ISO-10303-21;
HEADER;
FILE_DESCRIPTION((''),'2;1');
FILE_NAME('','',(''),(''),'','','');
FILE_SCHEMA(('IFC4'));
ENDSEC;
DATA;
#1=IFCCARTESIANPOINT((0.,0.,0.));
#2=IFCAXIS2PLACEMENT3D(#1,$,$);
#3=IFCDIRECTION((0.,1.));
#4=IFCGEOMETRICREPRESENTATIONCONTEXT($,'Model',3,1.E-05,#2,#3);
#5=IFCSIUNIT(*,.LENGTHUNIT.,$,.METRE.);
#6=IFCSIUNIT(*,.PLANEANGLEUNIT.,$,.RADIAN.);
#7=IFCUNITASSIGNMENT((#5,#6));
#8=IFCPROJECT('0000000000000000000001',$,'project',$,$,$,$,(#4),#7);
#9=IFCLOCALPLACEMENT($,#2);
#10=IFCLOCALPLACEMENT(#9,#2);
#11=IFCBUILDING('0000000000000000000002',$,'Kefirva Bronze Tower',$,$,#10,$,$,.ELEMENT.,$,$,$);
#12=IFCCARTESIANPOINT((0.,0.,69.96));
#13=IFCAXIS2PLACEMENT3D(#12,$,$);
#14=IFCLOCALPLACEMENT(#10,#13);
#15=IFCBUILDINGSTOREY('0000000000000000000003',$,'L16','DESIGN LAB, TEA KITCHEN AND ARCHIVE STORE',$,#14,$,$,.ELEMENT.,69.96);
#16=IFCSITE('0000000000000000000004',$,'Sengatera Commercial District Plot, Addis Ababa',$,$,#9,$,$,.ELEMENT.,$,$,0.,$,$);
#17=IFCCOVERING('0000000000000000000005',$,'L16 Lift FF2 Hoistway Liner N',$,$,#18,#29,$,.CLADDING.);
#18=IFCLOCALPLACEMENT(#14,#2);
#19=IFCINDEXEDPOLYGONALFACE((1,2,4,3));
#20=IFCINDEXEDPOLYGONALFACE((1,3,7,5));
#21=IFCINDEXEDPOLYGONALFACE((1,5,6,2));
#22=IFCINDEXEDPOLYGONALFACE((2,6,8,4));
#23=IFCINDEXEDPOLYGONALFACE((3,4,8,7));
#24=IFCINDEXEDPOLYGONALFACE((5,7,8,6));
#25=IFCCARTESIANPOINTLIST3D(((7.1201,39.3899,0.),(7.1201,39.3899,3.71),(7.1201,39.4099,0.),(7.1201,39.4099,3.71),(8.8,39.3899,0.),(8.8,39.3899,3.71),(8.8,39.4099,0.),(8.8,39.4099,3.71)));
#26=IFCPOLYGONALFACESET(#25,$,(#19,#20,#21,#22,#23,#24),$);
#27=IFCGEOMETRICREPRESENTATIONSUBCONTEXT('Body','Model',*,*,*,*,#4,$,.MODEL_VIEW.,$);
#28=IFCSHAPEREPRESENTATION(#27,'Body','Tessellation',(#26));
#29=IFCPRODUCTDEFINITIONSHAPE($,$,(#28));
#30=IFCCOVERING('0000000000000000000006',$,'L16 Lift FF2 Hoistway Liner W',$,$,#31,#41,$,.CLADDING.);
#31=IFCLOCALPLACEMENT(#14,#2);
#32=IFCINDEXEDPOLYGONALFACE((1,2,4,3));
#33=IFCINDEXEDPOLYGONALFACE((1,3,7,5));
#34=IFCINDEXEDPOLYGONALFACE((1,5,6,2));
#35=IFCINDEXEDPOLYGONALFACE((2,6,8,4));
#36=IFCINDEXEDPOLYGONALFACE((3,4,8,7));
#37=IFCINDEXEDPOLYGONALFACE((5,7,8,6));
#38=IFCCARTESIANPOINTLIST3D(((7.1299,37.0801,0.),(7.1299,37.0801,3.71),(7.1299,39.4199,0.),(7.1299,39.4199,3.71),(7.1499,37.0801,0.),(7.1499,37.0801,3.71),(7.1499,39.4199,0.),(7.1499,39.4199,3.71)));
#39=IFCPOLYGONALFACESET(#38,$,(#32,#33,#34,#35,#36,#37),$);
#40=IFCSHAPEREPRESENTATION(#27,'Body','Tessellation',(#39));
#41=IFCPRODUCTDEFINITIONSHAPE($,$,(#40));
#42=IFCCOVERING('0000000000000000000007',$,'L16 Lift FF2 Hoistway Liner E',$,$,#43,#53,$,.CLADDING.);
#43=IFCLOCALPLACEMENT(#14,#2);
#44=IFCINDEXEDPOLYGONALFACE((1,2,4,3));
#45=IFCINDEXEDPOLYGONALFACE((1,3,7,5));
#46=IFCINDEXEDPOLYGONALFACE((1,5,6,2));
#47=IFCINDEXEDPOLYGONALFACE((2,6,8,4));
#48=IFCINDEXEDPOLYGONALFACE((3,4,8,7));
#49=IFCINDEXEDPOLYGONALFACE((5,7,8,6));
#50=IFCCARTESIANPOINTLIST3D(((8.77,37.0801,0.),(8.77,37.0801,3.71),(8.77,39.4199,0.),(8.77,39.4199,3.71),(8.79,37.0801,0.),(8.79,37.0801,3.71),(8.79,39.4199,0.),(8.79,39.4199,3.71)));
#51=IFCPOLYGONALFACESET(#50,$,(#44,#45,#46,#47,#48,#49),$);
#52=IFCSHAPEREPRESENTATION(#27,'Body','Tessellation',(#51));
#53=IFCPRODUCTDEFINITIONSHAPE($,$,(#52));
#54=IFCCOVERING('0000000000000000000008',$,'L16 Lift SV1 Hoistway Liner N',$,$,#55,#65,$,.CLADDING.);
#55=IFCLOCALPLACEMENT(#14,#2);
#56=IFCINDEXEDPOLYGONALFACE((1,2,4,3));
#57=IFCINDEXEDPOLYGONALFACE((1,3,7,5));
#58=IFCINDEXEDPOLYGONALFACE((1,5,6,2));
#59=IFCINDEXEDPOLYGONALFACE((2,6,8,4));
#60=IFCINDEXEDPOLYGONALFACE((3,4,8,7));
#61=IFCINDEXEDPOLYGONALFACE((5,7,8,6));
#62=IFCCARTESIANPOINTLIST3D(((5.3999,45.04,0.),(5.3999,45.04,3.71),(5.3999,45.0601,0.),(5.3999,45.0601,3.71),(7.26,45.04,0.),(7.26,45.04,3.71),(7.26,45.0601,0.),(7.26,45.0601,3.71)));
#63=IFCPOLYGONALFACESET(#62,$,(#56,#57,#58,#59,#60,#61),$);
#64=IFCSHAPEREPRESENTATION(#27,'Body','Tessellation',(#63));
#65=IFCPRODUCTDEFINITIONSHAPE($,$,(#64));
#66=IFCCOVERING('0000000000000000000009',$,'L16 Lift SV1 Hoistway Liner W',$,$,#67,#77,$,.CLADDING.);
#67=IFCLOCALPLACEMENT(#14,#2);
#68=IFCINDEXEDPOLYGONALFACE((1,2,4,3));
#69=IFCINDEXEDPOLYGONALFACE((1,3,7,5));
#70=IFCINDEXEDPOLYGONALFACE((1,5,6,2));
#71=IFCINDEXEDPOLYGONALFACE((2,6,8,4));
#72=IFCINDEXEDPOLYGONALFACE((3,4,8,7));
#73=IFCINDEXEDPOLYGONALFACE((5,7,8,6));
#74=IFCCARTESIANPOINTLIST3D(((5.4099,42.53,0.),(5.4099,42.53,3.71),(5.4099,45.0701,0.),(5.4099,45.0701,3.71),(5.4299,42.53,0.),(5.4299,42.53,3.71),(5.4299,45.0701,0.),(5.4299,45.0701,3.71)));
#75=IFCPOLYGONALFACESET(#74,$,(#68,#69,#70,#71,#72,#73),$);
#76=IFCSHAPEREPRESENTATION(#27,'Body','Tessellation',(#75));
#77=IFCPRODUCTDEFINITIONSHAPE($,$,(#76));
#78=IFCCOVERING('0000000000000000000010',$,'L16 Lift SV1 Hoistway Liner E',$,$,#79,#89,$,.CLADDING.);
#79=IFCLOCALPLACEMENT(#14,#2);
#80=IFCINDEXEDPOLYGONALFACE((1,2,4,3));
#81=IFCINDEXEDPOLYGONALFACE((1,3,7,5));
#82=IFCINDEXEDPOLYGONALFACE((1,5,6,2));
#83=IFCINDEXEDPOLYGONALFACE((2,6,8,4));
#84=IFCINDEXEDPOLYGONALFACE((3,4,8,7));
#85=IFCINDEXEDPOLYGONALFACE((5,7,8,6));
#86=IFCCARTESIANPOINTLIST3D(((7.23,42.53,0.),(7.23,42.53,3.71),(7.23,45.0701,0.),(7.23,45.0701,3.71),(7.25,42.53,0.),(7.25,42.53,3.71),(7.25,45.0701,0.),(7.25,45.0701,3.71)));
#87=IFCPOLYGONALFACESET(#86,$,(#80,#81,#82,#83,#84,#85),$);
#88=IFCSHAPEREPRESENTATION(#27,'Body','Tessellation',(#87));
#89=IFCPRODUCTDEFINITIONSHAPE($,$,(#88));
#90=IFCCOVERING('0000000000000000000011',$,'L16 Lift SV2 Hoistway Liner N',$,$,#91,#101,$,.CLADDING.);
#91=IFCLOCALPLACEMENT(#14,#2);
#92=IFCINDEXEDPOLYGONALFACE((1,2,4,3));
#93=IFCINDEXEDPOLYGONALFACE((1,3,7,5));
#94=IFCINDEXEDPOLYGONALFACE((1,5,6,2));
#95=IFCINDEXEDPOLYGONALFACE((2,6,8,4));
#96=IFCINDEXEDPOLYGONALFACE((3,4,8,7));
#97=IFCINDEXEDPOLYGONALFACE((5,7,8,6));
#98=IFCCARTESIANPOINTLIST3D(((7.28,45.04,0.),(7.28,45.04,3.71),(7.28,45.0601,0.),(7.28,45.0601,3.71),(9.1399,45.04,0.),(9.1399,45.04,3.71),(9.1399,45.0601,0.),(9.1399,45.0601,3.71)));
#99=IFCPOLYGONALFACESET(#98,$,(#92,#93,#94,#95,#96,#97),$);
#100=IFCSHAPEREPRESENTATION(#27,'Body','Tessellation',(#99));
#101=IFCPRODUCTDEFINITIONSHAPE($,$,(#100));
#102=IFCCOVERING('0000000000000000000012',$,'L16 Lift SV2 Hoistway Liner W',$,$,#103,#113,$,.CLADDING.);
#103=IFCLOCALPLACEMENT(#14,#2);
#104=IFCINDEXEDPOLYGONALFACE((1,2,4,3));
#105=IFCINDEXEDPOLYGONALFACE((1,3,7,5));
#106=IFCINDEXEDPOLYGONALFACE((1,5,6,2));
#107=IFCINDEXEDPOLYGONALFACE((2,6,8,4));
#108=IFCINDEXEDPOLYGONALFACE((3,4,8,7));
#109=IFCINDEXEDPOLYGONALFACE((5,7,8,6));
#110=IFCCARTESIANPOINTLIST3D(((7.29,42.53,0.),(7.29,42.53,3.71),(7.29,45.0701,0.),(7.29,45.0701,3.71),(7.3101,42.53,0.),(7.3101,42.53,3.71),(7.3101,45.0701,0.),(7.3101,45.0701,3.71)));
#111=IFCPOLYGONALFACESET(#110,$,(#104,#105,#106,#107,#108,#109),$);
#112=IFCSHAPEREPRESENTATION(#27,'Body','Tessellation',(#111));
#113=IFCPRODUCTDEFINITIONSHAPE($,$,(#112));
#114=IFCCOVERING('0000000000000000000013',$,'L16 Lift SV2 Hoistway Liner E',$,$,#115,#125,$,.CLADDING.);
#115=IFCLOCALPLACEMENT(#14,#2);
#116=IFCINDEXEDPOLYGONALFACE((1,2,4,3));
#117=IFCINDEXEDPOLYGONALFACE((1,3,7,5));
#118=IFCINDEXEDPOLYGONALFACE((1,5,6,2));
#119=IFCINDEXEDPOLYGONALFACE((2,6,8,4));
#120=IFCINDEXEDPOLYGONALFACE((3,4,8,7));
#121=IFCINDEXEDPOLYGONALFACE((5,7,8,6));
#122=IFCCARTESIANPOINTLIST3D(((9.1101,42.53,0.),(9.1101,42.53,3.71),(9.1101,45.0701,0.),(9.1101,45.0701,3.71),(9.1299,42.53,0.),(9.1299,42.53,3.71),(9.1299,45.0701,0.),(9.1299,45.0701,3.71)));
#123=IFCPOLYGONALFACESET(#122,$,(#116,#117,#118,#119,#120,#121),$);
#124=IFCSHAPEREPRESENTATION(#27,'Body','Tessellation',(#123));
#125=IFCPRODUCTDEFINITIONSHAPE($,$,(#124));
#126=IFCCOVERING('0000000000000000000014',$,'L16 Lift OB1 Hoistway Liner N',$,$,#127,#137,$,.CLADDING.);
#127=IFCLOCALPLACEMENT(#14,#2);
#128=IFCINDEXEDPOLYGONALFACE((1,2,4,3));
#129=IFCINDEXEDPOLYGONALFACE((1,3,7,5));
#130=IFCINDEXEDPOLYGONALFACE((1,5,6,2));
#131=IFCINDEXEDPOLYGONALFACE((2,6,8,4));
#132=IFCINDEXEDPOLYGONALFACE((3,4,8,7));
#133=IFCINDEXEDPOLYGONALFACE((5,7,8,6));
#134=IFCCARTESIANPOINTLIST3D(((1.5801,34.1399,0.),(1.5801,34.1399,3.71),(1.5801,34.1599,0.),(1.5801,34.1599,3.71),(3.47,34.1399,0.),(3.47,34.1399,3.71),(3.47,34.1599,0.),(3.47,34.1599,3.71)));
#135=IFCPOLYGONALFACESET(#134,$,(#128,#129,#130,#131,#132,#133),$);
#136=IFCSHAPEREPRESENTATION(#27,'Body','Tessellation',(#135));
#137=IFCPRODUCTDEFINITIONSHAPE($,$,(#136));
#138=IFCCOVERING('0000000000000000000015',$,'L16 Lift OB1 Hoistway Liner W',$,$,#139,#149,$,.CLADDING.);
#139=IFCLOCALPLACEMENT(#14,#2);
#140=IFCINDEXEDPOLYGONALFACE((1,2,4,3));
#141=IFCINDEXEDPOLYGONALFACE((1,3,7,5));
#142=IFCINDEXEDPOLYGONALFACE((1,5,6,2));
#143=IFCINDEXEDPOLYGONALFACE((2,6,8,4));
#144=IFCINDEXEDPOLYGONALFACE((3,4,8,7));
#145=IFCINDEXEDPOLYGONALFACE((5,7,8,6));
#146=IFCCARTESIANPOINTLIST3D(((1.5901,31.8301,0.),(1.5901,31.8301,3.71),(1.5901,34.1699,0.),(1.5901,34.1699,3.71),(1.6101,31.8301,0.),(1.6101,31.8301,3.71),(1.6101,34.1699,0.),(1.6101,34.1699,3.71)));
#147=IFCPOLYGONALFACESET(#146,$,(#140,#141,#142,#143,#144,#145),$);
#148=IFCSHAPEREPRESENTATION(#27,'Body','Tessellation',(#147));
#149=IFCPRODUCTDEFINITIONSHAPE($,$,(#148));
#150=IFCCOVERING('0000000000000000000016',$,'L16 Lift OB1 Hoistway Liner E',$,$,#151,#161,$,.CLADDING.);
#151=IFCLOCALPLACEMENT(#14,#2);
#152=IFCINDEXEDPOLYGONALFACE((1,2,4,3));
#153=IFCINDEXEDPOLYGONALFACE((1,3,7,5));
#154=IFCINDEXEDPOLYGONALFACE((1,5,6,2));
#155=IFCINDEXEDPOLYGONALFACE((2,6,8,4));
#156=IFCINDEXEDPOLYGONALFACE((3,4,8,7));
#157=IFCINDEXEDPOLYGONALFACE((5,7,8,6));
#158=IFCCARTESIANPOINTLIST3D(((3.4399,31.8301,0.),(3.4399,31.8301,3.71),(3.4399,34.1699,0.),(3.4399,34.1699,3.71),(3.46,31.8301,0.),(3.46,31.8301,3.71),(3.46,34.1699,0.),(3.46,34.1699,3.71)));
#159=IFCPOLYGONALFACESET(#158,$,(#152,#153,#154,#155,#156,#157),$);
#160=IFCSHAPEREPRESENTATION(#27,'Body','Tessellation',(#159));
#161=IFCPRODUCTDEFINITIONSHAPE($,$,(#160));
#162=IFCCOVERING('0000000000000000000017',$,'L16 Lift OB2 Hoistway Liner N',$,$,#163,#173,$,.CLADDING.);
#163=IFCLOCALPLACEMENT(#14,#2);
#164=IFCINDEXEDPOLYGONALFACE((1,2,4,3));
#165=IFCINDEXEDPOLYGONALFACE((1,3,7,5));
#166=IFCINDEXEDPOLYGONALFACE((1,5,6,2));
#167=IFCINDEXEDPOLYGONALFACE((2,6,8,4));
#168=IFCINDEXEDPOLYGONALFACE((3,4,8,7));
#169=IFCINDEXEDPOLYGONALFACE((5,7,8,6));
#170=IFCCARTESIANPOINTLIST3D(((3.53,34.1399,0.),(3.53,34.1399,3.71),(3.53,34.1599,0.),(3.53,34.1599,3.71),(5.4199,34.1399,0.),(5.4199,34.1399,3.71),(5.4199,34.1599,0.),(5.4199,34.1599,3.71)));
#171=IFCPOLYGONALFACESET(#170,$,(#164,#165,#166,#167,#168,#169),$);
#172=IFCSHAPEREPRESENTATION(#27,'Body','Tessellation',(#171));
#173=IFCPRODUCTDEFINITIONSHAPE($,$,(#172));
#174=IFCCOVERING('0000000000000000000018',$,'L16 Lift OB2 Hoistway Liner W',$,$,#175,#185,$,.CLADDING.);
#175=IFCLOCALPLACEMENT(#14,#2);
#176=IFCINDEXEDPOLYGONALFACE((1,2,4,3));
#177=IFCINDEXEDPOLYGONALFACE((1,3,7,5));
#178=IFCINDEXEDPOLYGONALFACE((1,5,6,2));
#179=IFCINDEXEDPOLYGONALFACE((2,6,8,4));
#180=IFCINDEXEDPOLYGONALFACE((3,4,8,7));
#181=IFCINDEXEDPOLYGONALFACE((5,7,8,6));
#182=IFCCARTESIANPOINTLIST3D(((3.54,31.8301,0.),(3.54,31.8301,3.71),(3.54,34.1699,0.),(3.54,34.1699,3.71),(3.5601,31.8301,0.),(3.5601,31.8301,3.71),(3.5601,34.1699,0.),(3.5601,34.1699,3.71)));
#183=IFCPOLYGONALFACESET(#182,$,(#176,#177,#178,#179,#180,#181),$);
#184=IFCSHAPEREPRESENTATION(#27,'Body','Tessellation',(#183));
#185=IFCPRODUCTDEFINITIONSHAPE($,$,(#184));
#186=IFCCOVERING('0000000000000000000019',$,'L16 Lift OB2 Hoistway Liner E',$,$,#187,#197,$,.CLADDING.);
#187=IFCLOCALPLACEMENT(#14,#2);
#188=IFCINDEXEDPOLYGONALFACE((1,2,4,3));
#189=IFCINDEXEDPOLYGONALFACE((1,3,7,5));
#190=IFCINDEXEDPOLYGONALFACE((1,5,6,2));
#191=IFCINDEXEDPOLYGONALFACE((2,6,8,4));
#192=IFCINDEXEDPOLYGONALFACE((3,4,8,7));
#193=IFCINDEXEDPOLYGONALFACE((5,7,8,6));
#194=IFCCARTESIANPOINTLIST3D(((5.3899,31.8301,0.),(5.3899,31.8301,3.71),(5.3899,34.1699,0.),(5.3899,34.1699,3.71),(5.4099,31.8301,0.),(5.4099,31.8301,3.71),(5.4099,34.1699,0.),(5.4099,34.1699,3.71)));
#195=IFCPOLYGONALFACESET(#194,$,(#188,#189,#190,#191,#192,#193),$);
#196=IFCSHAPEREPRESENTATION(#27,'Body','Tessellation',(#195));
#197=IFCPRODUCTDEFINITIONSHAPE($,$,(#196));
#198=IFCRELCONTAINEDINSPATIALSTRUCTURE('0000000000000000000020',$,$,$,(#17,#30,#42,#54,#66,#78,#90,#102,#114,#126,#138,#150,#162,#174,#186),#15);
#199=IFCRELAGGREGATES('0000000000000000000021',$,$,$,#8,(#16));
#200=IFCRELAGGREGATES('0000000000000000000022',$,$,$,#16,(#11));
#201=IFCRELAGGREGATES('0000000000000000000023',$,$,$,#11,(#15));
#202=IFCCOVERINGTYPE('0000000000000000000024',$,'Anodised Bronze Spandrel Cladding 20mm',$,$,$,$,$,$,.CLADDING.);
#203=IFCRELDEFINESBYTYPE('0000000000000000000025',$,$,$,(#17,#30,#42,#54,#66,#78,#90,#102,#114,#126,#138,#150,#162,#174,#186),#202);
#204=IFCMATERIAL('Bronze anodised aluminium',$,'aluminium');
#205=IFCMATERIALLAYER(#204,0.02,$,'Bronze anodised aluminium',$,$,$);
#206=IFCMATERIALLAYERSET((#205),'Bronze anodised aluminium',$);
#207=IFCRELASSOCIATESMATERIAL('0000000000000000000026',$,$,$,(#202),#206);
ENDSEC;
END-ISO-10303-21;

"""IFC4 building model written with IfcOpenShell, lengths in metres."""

from ifc_helpers import new_model, si_unit, direction, frame, origin, place, context, subcontext, project, spatial, polyline, outline, extrude, material, layer, layer_set, type_object, element, save


model = new_model("IFC4")

# Units and contexts
model_context = context("Model", 3, precision=1e-05, world=origin(), true_north=direction((0.0, 1.0)))
body_context = subcontext(model_context, "Body", "Model", "MODEL_VIEW")
ifc_project = project(units=[si_unit("LENGTHUNIT", "METRE"), si_unit("PLANEANGLEUNIT", "RADIAN")], contexts=[model_context])

# Site, building, storey
site_placement = place(None, origin())
site = spatial("IfcSite", under=ifc_project, at=site_placement, Name="Sengatera Commercial District Plot, Addis Ababa", CompositionType="ELEMENT", RefElevation=0.0)
building_placement = place(site_placement, origin())
building = spatial("IfcBuilding", under=site, at=building_placement, Name="Kefirva Bronze Tower", CompositionType="ELEMENT")
storey_placement = place(building_placement, frame((0.0, 0.0, 69.96)))
storey = spatial("IfcBuildingStorey", under=building, at=storey_placement, Name="L16", Description="DESIGN LAB, TEA KITCHEN AND ARCHIVE STORE", CompositionType="ELEMENT", Elevation=69.96)

# Coverings
ifc_material_1 = material(Name="Bronze anodised aluminium", Category="aluminium")
ifc_layer_1 = layer(ifc_material_1, 0.02, Name="Bronze anodised aluminium")
ifc_layer_set_1 = layer_set([ifc_layer_1], Name="Bronze anodised aluminium")
covering_type = type_object("IfcCoveringType", Name="Anodised Bronze Spandrel Cladding 20mm", PredefinedType="CLADDING", material=ifc_layer_set_1)
covering_1_placement = place(storey_placement, origin())
element("IfcCovering", 1, at=covering_1_placement, inside=storey, type_object=covering_type, Name="L16 Lift FF2 Hoistway Liner N", PredefinedType="CLADDING", context=body_context, shape_type="SweptSolid", body=[
    extrude(outline(polyline([(7.1201, 39.3899), (8.8, 39.3899), (8.8, 39.4099), (7.1201, 39.4099), (7.1201, 39.3899)])), origin(), (0.0, 0.0, 1.0), 3.71),
])
covering_2_placement = place(storey_placement, origin())
element("IfcCovering", 2, at=covering_2_placement, inside=storey, type_object=covering_type, Name="L16 Lift FF2 Hoistway Liner W", PredefinedType="CLADDING", context=body_context, shape_type="SweptSolid", body=[
    extrude(outline(polyline([(7.1299, 37.0801), (7.1499, 37.0801), (7.1499, 39.4199), (7.1299, 39.4199), (7.1299, 37.0801)])), origin(), (0.0, 0.0, 1.0), 3.71),
])
covering_3_placement = place(storey_placement, origin())
element("IfcCovering", 3, at=covering_3_placement, inside=storey, type_object=covering_type, Name="L16 Lift FF2 Hoistway Liner E", PredefinedType="CLADDING", context=body_context, shape_type="SweptSolid", body=[
    extrude(outline(polyline([(8.77, 37.0801), (8.79, 37.0801), (8.79, 39.4199), (8.77, 39.4199), (8.77, 37.0801)])), origin(), (0.0, 0.0, 1.0), 3.71),
])
covering_4_placement = place(storey_placement, origin())
element("IfcCovering", 4, at=covering_4_placement, inside=storey, type_object=covering_type, Name="L16 Lift SV1 Hoistway Liner N", PredefinedType="CLADDING", context=body_context, shape_type="SweptSolid", body=[
    extrude(outline(polyline([(5.3999, 45.04), (7.26, 45.04), (7.26, 45.0601), (5.3999, 45.0601), (5.3999, 45.04)])), origin(), (0.0, 0.0, 1.0), 3.71),
])
covering_5_placement = place(storey_placement, origin())
element("IfcCovering", 5, at=covering_5_placement, inside=storey, type_object=covering_type, Name="L16 Lift SV1 Hoistway Liner W", PredefinedType="CLADDING", context=body_context, shape_type="SweptSolid", body=[
    extrude(outline(polyline([(5.4099, 42.53), (5.4299, 42.53), (5.4299, 45.0701), (5.4099, 45.0701), (5.4099, 42.53)])), origin(), (0.0, 0.0, 1.0), 3.71),
])
covering_6_placement = place(storey_placement, origin())
element("IfcCovering", 6, at=covering_6_placement, inside=storey, type_object=covering_type, Name="L16 Lift SV1 Hoistway Liner E", PredefinedType="CLADDING", context=body_context, shape_type="SweptSolid", body=[
    extrude(outline(polyline([(7.23, 42.53), (7.25, 42.53), (7.25, 45.0701), (7.23, 45.0701), (7.23, 42.53)])), origin(), (0.0, 0.0, 1.0), 3.71),
])
covering_7_placement = place(storey_placement, origin())
element("IfcCovering", 7, at=covering_7_placement, inside=storey, type_object=covering_type, Name="L16 Lift SV2 Hoistway Liner N", PredefinedType="CLADDING", context=body_context, shape_type="SweptSolid", body=[
    extrude(outline(polyline([(7.28, 45.04), (9.1399, 45.04), (9.1399, 45.0601), (7.28, 45.0601), (7.28, 45.04)])), origin(), (0.0, 0.0, 1.0), 3.71),
])
covering_8_placement = place(storey_placement, origin())
element("IfcCovering", 8, at=covering_8_placement, inside=storey, type_object=covering_type, Name="L16 Lift SV2 Hoistway Liner W", PredefinedType="CLADDING", context=body_context, shape_type="SweptSolid", body=[
    extrude(outline(polyline([(7.29, 42.53), (7.3101, 42.53), (7.3101, 45.0701), (7.29, 45.0701), (7.29, 42.53)])), origin(), (0.0, 0.0, 1.0), 3.71),
])
covering_9_placement = place(storey_placement, origin())
element("IfcCovering", 9, at=covering_9_placement, inside=storey, type_object=covering_type, Name="L16 Lift SV2 Hoistway Liner E", PredefinedType="CLADDING", context=body_context, shape_type="SweptSolid", body=[
    extrude(outline(polyline([(9.1101, 42.53), (9.1299, 42.53), (9.1299, 45.0701), (9.1101, 45.0701), (9.1101, 42.53)])), origin(), (0.0, 0.0, 1.0), 3.71),
])
covering_10_placement = place(storey_placement, origin())
element("IfcCovering", 10, at=covering_10_placement, inside=storey, type_object=covering_type, Name="L16 Lift OB1 Hoistway Liner N", PredefinedType="CLADDING", context=body_context, shape_type="SweptSolid", body=[
    extrude(outline(polyline([(1.5801, 34.1399), (3.47, 34.1399), (3.47, 34.1599), (1.5801, 34.1599), (1.5801, 34.1399)])), origin(), (0.0, 0.0, 1.0), 3.71),
])
covering_11_placement = place(storey_placement, origin())
element("IfcCovering", 11, at=covering_11_placement, inside=storey, type_object=covering_type, Name="L16 Lift OB1 Hoistway Liner W", PredefinedType="CLADDING", context=body_context, shape_type="SweptSolid", body=[
    extrude(outline(polyline([(1.5901, 31.8301), (1.6101, 31.8301), (1.6101, 34.1699), (1.5901, 34.1699), (1.5901, 31.8301)])), origin(), (0.0, 0.0, 1.0), 3.71),
])
covering_12_placement = place(storey_placement, origin())
element("IfcCovering", 12, at=covering_12_placement, inside=storey, type_object=covering_type, Name="L16 Lift OB1 Hoistway Liner E", PredefinedType="CLADDING", context=body_context, shape_type="SweptSolid", body=[
    extrude(outline(polyline([(3.4399, 31.8301), (3.46, 31.8301), (3.46, 34.1699), (3.4399, 34.1699), (3.4399, 31.8301)])), origin(), (0.0, 0.0, 1.0), 3.71),
])
covering_13_placement = place(storey_placement, origin())
element("IfcCovering", 13, at=covering_13_placement, inside=storey, type_object=covering_type, Name="L16 Lift OB2 Hoistway Liner N", PredefinedType="CLADDING", context=body_context, shape_type="SweptSolid", body=[
    extrude(outline(polyline([(3.53, 34.1399), (5.4199, 34.1399), (5.4199, 34.1599), (3.53, 34.1599), (3.53, 34.1399)])), origin(), (0.0, 0.0, 1.0), 3.71),
])
covering_14_placement = place(storey_placement, origin())
element("IfcCovering", 14, at=covering_14_placement, inside=storey, type_object=covering_type, Name="L16 Lift OB2 Hoistway Liner W", PredefinedType="CLADDING", context=body_context, shape_type="SweptSolid", body=[
    extrude(outline(polyline([(3.54, 31.8301), (3.5601, 31.8301), (3.5601, 34.1699), (3.54, 34.1699), (3.54, 31.8301)])), origin(), (0.0, 0.0, 1.0), 3.71),
])
covering_15_placement = place(storey_placement, origin())
element("IfcCovering", 15, at=covering_15_placement, inside=storey, type_object=covering_type, Name="L16 Lift OB2 Hoistway Liner E", PredefinedType="CLADDING", context=body_context, shape_type="SweptSolid", body=[
    extrude(outline(polyline([(5.3899, 31.8301), (5.4099, 31.8301), (5.4099, 34.1699), (5.3899, 34.1699), (5.3899, 31.8301)])), origin(), (0.0, 0.0, 1.0), 3.71),
])

save(model, "model.ifc")
